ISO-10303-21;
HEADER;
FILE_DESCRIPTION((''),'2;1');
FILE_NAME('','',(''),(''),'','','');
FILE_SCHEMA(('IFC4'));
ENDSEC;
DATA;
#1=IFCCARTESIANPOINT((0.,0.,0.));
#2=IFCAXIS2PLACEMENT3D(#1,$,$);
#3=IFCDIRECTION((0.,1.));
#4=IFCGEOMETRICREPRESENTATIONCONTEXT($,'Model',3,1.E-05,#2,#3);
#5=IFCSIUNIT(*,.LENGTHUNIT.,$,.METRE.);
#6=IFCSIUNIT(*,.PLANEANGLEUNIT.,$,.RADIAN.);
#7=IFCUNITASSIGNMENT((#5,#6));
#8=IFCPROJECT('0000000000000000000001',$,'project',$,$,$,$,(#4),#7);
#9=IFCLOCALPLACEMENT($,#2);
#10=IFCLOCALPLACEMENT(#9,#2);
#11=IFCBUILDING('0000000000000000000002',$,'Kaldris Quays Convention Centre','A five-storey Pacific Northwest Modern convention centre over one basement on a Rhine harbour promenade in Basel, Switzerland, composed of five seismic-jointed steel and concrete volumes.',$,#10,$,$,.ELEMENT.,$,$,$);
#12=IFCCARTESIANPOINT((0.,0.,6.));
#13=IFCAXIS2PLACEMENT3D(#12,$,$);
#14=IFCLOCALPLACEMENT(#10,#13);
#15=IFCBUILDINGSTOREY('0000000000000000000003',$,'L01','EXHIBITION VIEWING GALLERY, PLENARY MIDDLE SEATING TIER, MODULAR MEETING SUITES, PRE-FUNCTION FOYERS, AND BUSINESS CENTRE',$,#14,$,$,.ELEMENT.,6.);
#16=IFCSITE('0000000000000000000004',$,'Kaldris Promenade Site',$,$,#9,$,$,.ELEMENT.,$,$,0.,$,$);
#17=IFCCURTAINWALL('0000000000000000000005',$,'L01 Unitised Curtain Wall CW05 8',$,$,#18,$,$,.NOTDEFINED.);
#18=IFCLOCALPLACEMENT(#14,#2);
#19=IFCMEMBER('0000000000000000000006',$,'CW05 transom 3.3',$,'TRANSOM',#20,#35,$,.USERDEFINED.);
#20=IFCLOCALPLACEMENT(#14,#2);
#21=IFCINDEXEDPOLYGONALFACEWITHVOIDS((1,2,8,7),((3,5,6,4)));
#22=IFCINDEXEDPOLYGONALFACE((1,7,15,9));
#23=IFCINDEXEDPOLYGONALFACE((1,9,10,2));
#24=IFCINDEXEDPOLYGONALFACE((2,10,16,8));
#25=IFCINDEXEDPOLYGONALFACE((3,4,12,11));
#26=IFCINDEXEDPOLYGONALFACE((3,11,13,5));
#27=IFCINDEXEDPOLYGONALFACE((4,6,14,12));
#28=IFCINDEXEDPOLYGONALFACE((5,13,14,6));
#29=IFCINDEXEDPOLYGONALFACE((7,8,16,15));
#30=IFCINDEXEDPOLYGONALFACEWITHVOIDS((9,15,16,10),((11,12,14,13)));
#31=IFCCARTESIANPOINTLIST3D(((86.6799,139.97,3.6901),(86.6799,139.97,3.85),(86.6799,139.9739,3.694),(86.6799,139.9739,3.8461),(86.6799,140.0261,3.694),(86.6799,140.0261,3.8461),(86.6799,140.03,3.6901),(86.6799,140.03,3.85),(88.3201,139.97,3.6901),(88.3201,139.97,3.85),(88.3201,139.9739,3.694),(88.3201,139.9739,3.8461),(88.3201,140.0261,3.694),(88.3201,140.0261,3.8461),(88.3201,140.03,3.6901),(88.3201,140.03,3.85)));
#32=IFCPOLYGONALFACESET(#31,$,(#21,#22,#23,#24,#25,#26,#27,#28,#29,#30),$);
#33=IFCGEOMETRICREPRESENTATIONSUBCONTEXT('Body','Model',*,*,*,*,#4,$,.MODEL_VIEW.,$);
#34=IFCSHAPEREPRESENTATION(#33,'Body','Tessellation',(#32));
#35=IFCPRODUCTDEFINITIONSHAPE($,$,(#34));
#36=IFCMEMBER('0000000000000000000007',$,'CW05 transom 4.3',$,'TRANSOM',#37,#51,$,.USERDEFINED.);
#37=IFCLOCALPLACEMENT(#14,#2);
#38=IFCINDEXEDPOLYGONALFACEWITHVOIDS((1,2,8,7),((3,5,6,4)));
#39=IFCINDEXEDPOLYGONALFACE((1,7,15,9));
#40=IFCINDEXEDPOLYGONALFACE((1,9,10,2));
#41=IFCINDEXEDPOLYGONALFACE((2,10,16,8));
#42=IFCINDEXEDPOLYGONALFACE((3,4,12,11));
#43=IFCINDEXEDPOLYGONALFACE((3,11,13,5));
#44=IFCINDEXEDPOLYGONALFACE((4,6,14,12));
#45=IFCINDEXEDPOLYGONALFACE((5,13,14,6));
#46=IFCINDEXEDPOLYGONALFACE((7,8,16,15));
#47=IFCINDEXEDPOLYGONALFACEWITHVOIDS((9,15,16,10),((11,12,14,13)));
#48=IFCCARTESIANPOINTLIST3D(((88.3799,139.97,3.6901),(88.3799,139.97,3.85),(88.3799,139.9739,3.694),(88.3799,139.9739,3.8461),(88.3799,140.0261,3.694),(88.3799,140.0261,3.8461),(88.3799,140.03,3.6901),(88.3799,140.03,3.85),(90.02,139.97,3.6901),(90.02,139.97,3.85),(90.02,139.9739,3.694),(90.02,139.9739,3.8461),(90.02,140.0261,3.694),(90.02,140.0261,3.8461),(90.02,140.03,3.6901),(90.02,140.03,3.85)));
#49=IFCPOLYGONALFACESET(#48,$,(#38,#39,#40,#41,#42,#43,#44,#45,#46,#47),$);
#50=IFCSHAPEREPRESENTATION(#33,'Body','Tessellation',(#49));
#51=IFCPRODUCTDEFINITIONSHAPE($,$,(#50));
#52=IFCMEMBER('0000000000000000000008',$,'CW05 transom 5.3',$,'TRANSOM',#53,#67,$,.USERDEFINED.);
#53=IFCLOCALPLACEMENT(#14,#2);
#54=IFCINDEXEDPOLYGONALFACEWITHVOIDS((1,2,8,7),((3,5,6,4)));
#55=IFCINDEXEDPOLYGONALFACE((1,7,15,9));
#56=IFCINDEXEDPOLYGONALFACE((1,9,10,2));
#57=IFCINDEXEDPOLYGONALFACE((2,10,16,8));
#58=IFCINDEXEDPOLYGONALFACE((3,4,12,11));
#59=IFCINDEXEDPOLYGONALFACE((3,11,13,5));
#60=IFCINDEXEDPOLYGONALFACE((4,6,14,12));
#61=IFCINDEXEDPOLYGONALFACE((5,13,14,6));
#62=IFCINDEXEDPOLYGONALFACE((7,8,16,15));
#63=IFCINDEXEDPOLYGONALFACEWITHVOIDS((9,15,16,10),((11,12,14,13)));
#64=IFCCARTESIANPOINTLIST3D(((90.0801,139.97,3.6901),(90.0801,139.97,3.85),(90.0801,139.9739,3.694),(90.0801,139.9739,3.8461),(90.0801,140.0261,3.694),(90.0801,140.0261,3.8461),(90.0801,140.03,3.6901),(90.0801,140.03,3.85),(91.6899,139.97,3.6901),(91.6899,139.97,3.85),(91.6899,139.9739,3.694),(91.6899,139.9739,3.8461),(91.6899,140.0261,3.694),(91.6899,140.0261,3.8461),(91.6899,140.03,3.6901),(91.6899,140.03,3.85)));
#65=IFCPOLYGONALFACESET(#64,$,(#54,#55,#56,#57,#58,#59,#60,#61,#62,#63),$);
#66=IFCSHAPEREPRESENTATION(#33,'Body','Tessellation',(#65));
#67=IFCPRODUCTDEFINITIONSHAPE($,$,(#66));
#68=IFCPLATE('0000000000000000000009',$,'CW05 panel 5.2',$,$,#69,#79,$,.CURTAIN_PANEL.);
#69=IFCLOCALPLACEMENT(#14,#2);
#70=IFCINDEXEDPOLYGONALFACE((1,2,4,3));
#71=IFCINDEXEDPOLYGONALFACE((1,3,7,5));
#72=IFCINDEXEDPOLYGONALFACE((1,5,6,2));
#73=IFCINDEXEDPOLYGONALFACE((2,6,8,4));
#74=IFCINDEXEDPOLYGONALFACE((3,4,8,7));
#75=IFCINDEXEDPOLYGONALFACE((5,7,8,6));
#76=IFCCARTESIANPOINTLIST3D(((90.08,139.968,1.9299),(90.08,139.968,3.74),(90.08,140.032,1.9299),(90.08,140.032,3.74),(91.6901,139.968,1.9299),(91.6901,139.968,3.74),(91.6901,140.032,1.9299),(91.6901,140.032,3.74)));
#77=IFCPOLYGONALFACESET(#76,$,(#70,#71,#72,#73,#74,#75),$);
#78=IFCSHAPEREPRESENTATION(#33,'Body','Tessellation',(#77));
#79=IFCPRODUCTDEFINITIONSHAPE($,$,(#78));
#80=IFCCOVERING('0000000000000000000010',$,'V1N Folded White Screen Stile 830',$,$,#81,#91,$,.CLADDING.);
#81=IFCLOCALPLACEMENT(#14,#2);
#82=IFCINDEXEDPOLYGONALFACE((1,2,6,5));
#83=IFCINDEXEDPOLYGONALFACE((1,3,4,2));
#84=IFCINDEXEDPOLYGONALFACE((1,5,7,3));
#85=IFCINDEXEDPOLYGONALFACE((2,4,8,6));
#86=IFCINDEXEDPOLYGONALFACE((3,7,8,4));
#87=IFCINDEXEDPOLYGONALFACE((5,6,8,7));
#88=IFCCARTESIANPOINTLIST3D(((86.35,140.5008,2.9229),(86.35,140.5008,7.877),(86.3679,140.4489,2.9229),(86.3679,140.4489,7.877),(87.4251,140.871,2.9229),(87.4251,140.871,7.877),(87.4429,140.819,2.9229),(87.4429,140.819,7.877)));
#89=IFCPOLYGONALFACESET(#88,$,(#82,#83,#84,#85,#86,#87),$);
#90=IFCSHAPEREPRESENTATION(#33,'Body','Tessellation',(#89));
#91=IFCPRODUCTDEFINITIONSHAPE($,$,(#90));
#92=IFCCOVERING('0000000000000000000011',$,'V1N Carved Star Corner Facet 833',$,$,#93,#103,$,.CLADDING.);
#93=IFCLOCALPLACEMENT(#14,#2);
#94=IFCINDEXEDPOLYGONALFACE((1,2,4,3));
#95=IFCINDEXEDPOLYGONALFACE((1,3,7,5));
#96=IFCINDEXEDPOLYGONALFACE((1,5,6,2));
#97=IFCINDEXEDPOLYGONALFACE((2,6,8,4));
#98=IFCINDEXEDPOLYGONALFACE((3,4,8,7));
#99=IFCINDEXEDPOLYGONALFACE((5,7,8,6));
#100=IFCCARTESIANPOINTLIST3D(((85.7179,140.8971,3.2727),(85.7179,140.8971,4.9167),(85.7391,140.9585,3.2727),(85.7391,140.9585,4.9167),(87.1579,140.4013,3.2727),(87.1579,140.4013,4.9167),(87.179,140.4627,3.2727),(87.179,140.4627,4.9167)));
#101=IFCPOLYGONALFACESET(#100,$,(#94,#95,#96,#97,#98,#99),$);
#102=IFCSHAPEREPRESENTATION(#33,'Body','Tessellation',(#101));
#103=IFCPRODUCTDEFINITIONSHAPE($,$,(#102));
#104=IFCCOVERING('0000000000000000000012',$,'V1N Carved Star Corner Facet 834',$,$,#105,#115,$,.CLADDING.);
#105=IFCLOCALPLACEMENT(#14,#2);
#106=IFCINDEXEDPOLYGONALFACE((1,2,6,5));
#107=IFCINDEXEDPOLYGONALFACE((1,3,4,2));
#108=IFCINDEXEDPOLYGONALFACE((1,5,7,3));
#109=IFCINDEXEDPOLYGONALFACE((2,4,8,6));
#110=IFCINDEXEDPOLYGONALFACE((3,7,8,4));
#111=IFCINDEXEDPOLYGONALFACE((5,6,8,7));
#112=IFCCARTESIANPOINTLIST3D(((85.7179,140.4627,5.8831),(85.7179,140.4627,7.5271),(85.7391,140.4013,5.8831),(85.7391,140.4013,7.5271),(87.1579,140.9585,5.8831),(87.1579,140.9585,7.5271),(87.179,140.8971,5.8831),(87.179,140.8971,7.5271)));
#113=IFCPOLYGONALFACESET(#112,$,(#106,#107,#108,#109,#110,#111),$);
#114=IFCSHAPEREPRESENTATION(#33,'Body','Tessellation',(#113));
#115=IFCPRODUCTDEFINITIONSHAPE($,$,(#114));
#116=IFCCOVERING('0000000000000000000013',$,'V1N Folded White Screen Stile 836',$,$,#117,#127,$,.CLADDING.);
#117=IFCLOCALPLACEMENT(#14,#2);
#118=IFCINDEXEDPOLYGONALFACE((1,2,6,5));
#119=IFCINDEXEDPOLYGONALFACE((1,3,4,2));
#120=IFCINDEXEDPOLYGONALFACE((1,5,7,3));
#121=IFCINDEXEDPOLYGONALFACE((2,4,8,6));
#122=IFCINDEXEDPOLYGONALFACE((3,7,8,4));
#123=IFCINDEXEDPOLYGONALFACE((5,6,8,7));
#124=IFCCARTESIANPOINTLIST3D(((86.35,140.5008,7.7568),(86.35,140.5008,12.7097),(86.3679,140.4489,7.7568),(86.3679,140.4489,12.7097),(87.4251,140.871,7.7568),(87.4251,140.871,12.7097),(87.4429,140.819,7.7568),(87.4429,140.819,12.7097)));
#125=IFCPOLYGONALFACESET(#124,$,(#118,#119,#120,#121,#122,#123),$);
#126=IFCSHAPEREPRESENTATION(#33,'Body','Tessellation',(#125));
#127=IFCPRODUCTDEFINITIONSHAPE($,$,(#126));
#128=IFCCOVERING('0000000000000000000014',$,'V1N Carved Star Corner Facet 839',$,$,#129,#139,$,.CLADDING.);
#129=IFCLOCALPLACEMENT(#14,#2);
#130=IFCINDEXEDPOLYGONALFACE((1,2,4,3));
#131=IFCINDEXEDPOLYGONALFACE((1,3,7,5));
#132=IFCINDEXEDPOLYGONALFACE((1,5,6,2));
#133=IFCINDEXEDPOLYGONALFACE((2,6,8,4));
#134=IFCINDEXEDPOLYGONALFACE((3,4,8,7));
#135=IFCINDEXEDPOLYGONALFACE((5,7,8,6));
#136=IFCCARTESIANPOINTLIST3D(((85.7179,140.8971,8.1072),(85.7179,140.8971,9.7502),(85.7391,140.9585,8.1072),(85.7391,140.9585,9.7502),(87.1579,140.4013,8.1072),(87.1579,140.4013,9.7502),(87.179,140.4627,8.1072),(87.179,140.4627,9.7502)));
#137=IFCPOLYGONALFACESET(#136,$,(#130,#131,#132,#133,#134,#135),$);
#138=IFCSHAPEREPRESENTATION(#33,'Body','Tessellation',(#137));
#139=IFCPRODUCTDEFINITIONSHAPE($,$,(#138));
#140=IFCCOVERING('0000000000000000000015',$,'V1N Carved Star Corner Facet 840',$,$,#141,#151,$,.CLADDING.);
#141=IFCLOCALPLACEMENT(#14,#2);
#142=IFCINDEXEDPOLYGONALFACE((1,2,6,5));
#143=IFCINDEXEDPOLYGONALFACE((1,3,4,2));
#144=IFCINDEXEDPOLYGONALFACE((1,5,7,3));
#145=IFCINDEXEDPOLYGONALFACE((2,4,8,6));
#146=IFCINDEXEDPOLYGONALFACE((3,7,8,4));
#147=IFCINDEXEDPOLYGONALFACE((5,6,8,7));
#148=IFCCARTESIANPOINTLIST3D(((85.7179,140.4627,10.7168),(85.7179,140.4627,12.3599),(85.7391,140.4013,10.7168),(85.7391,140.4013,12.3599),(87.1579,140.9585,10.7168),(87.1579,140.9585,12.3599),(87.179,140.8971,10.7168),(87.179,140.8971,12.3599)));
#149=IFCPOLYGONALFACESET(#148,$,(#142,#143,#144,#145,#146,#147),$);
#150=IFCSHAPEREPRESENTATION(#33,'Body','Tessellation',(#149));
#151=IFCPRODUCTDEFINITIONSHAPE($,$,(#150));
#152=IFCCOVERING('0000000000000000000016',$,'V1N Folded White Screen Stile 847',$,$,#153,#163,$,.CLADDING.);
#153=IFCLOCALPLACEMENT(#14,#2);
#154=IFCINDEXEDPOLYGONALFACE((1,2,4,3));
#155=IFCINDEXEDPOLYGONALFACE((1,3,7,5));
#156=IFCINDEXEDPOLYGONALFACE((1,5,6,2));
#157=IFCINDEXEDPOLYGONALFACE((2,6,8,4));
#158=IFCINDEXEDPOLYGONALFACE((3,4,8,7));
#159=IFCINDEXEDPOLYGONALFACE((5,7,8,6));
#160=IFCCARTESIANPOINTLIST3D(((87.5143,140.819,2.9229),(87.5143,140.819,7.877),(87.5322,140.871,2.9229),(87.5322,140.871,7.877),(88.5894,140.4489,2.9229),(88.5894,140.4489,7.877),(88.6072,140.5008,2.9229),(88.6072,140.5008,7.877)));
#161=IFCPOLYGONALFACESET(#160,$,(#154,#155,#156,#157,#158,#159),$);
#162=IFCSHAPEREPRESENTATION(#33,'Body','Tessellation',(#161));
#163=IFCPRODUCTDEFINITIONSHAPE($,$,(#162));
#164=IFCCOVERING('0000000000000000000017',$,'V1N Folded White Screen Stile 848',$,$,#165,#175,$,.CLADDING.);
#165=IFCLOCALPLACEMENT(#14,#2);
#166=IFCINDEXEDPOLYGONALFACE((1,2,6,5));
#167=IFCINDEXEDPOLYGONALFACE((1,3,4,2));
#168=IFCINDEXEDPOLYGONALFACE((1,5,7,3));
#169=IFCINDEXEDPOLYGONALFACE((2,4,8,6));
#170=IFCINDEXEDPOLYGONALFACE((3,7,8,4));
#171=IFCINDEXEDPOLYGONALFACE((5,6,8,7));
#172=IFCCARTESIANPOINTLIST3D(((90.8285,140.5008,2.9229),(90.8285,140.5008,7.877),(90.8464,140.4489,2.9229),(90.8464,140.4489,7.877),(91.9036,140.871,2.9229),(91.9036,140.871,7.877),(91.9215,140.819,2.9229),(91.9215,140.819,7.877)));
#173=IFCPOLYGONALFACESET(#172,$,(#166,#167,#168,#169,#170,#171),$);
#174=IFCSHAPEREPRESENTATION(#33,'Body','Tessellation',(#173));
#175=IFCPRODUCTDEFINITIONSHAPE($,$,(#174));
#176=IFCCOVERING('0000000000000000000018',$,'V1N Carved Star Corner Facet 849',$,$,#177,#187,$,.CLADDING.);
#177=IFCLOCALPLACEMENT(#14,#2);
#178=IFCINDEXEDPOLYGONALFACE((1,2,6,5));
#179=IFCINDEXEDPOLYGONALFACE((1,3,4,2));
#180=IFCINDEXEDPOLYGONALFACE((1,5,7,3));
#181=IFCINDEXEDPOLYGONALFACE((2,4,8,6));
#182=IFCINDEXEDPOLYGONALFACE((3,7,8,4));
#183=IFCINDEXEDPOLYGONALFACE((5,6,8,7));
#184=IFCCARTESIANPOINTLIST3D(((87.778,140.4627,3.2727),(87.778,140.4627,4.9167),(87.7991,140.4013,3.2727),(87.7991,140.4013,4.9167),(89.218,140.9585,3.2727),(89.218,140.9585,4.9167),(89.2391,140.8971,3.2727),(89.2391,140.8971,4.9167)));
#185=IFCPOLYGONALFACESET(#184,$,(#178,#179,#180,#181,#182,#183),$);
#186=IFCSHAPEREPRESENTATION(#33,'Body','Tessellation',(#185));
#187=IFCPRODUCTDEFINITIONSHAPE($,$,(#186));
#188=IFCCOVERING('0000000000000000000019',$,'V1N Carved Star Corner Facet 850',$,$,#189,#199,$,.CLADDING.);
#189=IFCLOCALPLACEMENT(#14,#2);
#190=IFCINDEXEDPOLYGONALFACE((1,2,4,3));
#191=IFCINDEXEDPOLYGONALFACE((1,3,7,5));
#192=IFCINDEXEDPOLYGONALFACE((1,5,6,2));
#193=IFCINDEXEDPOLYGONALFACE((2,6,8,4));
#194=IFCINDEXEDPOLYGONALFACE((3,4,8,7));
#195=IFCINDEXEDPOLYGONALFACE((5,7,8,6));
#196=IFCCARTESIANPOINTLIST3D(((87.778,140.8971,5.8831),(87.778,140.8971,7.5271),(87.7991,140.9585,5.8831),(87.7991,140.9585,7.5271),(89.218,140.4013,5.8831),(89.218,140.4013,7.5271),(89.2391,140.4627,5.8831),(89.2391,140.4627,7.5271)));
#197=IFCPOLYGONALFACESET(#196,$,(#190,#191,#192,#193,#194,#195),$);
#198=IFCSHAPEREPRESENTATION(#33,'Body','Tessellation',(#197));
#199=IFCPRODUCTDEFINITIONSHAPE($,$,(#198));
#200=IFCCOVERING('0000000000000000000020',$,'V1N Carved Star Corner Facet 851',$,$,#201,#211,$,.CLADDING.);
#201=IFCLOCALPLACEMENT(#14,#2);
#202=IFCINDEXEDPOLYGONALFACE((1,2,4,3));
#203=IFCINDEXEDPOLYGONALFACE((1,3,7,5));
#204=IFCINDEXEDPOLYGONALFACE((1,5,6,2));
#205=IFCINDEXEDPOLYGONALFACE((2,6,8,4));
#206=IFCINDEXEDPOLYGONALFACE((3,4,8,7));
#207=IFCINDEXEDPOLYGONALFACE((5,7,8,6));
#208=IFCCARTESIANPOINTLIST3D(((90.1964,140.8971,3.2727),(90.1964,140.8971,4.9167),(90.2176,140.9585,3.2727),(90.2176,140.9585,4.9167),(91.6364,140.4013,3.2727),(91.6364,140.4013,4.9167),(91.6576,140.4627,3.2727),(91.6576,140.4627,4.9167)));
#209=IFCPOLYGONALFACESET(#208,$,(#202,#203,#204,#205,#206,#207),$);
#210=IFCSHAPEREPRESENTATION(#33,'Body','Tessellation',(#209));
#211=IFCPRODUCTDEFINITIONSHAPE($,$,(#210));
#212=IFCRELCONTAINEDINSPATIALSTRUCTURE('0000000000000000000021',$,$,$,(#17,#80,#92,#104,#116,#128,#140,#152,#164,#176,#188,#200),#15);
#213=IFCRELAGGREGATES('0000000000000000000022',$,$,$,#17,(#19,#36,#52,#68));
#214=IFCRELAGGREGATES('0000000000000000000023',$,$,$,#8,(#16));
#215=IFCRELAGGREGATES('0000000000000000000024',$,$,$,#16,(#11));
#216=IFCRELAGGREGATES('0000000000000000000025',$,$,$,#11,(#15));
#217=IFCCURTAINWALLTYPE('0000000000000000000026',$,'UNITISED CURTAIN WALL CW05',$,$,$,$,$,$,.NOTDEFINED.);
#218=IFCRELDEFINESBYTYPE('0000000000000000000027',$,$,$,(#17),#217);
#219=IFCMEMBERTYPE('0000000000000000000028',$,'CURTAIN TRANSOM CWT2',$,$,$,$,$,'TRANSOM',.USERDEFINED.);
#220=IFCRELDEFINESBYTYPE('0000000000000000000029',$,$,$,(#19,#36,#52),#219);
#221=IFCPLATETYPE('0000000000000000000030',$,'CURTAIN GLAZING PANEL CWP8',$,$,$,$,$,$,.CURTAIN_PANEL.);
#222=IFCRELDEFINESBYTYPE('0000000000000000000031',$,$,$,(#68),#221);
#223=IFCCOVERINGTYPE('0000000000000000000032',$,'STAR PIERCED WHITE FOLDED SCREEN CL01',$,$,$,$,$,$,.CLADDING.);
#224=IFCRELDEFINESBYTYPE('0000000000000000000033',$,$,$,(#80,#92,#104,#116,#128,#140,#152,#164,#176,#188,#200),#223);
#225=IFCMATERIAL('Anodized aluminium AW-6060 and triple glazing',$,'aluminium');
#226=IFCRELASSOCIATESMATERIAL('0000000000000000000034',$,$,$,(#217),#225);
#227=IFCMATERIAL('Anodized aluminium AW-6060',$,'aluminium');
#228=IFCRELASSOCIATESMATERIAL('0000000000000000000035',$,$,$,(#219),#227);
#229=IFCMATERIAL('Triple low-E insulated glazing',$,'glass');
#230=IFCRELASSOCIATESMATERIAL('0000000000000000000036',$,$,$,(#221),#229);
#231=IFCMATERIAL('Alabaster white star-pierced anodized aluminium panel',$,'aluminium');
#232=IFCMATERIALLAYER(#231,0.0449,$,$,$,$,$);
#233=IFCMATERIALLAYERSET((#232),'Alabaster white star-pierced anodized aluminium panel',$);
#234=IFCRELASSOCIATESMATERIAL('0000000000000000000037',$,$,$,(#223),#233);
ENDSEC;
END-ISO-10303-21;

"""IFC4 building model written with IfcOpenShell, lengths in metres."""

from ifc_helpers import new_model, si_unit, direction, frame, origin, origin_2d, place, context, subcontext, project, spatial, rectangle, hollow_rectangle, extrude, material, layer, layer_set, material_profile, profile_set, type_object, element, aggregate, save


model = new_model("IFC4")

# Units and contexts
model_context = context("Model", 3, precision=1e-05, world=origin(), true_north=direction((0.0, 1.0)))
body_context = subcontext(model_context, "Body", "Model", "MODEL_VIEW")
ifc_project = project(units=[si_unit("LENGTHUNIT", "METRE"), si_unit("PLANEANGLEUNIT", "RADIAN")], contexts=[model_context])

# Site, building, storey
site_placement = place(None, origin())
site = spatial("IfcSite", under=ifc_project, at=site_placement, Name="Kaldris Promenade Site", CompositionType="ELEMENT", RefElevation=0.0)
building_placement = place(site_placement, origin())
building = spatial("IfcBuilding", under=site, at=building_placement, Name="Kaldris Quays Convention Centre", Description="A five-storey Pacific Northwest Modern convention centre over one basement on a Rhine harbour promenade in Basel, Switzerland, composed of five seismic-jointed steel and concrete volumes.", CompositionType="ELEMENT")
storey_placement = place(building_placement, frame((0.0, 0.0, 6.0)))
storey = spatial("IfcBuildingStorey", under=building, at=storey_placement, Name="L01", Description="EXHIBITION VIEWING GALLERY, PLENARY MIDDLE SEATING TIER, MODULAR MEETING SUITES, PRE-FUNCTION FOYERS, AND BUSINESS CENTRE", CompositionType="ELEMENT", Elevation=6.0)

# Curtain wall, members, plate
ifc_material_1 = material(Name="Anodized aluminium AW-6060 and triple glazing", Category="aluminium")
curtain_wall_type = type_object("IfcCurtainWallType", Name="UNITISED CURTAIN WALL CW05", PredefinedType="NOTDEFINED", material=ifc_material_1)
curtain_wall_placement = place(storey_placement, origin())
curtain_wall = element("IfcCurtainWall", 1, at=curtain_wall_placement, inside=storey, type_object=curtain_wall_type, Name="L01 Unitised Curtain Wall CW05 8", PredefinedType="NOTDEFINED")
ifc_material_2 = material(Name="Anodized aluminium AW-6060", Category="aluminium")
ifc_material_profile = material_profile(ifc_material_2, hollow_rectangle(XDim=0.0601, YDim=0.1599, WallThickness=0.0039, at=origin_2d()), Name="RHS 160x60x4")
ifc_profile_set = profile_set([ifc_material_profile], Name="Anodized aluminium AW-6060")
member_type = type_object("IfcMemberType", Name="CURTAIN TRANSOM CWT2", ElementType="TRANSOM", PredefinedType="USERDEFINED", material=ifc_profile_set)
member_1_placement = place(storey_placement, frame((86.6799, 140.0, 3.77), z_axis=(1.0, 0.0, 0.0), x_axis=(0.0, 1.0, 0.0)))
member_1 = element("IfcMember", 2, at=member_1_placement, type_object=member_type, Name="CW05 transom 3.3", ObjectType="TRANSOM", PredefinedType="USERDEFINED", context=body_context, shape_type="SweptSolid", body=[
    extrude(hollow_rectangle(XDim=0.0601, YDim=0.1599, WallThickness=0.0039, at=origin_2d()), origin(), (0.0, 0.0, 1.0), 1.6401),
])
member_2_placement = place(storey_placement, frame((88.3799, 140.0, 3.77), z_axis=(1.0, 0.0, 0.0), x_axis=(0.0, 1.0, 0.0)))
member_2 = element("IfcMember", 3, at=member_2_placement, type_object=member_type, Name="CW05 transom 4.3", ObjectType="TRANSOM", PredefinedType="USERDEFINED", context=body_context, shape_type="SweptSolid", body=[
    extrude(hollow_rectangle(XDim=0.0601, YDim=0.1599, WallThickness=0.0039, at=origin_2d()), origin(), (0.0, 0.0, 1.0), 1.6401),
])
member_3_placement = place(storey_placement, frame((90.0801, 140.0, 3.77), z_axis=(1.0, 0.0, 0.0), x_axis=(0.0, 1.0, 0.0)))
member_3 = element("IfcMember", 4, at=member_3_placement, type_object=member_type, Name="CW05 transom 5.3", ObjectType="TRANSOM", PredefinedType="USERDEFINED", context=body_context, shape_type="SweptSolid", body=[
    extrude(hollow_rectangle(XDim=0.0601, YDim=0.1599, WallThickness=0.0039, at=origin_2d()), origin(), (0.0, 0.0, 1.0), 1.6099),
])
ifc_material_3 = material(Name="Triple low-E insulated glazing", Category="glass")
plate_type = type_object("IfcPlateType", Name="CURTAIN GLAZING PANEL CWP8", PredefinedType="CURTAIN_PANEL", material=ifc_material_3)
plate_placement = place(storey_placement, frame((90.885, 140.0, 1.9299), z_axis=(0.0, 0.0, 1.0), x_axis=(1.0, 0.0, 0.0)))
plate = element("IfcPlate", 5, at=plate_placement, type_object=plate_type, Name="CW05 panel 5.2", PredefinedType="CURTAIN_PANEL", context=body_context, shape_type="SweptSolid", body=[
    extrude(rectangle(XDim=1.6101, YDim=0.064, at=origin_2d()), origin(), (0.0, 0.0, 1.0), 1.8101),
])
aggregate(curtain_wall, [member_1, member_2, member_3, plate])

# Coverings
ifc_material_4 = material(Name="Alabaster white star-pierced anodized aluminium panel", Category="aluminium")
ifc_layer = layer(ifc_material_4, 0.0449)
ifc_layer_set = layer_set([ifc_layer], Name="Alabaster white star-pierced anodized aluminium panel")
covering_type = type_object("IfcCoveringType", Name="STAR PIERCED WHITE FOLDED SCREEN CL01", PredefinedType="CLADDING", material=ifc_layer_set)
covering_1_placement = place(storey_placement, frame((86.8965, 140.6599, 2.9229), z_axis=(0.0, 0.0, 1.0), x_axis=(0.945519, 0.325568, 0.0)))
element("IfcCovering", 6, at=covering_1_placement, inside=storey, type_object=covering_type, Name="V1N Folded White Screen Stile 830", PredefinedType="CLADDING", context=body_context, shape_type="SweptSolid", body=[
    extrude(rectangle(XDim=1.137, YDim=0.0549, at=origin_2d()), origin(), (0.0, 0.0, 1.0), 4.9541),
])
for number, where, z_axis, x_axis, name in (
    (7, (86.4485, 140.6799, 3.2727), (0.0, 0.0, 1.0), (0.945519, -0.325568, 0.0), "V1N Carved Star Corner Facet 833"),
    (8, (86.4485, 140.6799, 5.8831), (0.0, 0.0, 1.0), (0.945519, 0.325568, 0.0), "V1N Carved Star Corner Facet 834"),
):
    element("IfcCovering", number, at=place(storey_placement, frame(where, z_axis=z_axis, x_axis=x_axis)), inside=storey, type_object=covering_type, Name=name, PredefinedType="CLADDING", context=body_context, shape_type="SweptSolid", body=[
        extrude(rectangle(XDim=1.5229, YDim=0.0649, at=origin_2d()), origin(), (0.0, 0.0, 1.0), 1.644),
    ])
covering_2_placement = place(storey_placement, frame((86.8965, 140.6599, 7.7568), z_axis=(0.0, 0.0, 1.0), x_axis=(0.945519, 0.325568, 0.0)))
element("IfcCovering", 9, at=covering_2_placement, inside=storey, type_object=covering_type, Name="V1N Folded White Screen Stile 836", PredefinedType="CLADDING", context=body_context, shape_type="SweptSolid", body=[
    extrude(rectangle(XDim=1.137, YDim=0.0549, at=origin_2d()), origin(), (0.0, 0.0, 1.0), 4.9529),
])
for number, where, z_axis, x_axis, name in (
    (10, (86.4485, 140.6799, 8.1072), (0.0, 0.0, 1.0), (0.945519, -0.325568, 0.0), "V1N Carved Star Corner Facet 839"),
    (11, (86.4485, 140.6799, 10.7168), (0.0, 0.0, 1.0), (0.945519, 0.325568, 0.0), "V1N Carved Star Corner Facet 840"),
):
    element("IfcCovering", number, at=place(storey_placement, frame(where, z_axis=z_axis, x_axis=x_axis)), inside=storey, type_object=covering_type, Name=name, PredefinedType="CLADDING", context=body_context, shape_type="SweptSolid", body=[
        extrude(rectangle(XDim=1.5229, YDim=0.0649, at=origin_2d()), origin(), (0.0, 0.0, 1.0), 1.6431),
    ])
for number, where, z_axis, x_axis, name in (
    (12, (88.0608, 140.6599, 2.9229), (0.0, 0.0, 1.0), (0.945519, -0.325568, 0.0), "V1N Folded White Screen Stile 847"),
    (13, (91.375, 140.6599, 2.9229), (0.0, 0.0, 1.0), (0.945519, 0.325568, 0.0), "V1N Folded White Screen Stile 848"),
):
    element("IfcCovering", number, at=place(storey_placement, frame(where, z_axis=z_axis, x_axis=x_axis)), inside=storey, type_object=covering_type, Name=name, PredefinedType="CLADDING", context=body_context, shape_type="SweptSolid", body=[
        extrude(rectangle(XDim=1.137, YDim=0.0549, at=origin_2d()), origin(), (0.0, 0.0, 1.0), 4.9541),
    ])
for number, where, z_axis, x_axis, name in (
    (14, (88.5085, 140.6799, 3.2727), (0.0, 0.0, 1.0), (0.945519, 0.325568, 0.0), "V1N Carved Star Corner Facet 849"),
    (15, (88.5085, 140.6799, 5.8831), (0.0, 0.0, 1.0), (0.945519, -0.325568, 0.0), "V1N Carved Star Corner Facet 850"),
    (16, (90.927, 140.6799, 3.2727), (0.0, 0.0, 1.0), (0.945519, -0.325568, 0.0), "V1N Carved Star Corner Facet 851"),
):
    element("IfcCovering", number, at=place(storey_placement, frame(where, z_axis=z_axis, x_axis=x_axis)), inside=storey, type_object=covering_type, Name=name, PredefinedType="CLADDING", context=body_context, shape_type="SweptSolid", body=[
        extrude(rectangle(XDim=1.5229, YDim=0.0649, at=origin_2d()), origin(), (0.0, 0.0, 1.0), 1.644),
    ])

save(model, "model.ifc")
